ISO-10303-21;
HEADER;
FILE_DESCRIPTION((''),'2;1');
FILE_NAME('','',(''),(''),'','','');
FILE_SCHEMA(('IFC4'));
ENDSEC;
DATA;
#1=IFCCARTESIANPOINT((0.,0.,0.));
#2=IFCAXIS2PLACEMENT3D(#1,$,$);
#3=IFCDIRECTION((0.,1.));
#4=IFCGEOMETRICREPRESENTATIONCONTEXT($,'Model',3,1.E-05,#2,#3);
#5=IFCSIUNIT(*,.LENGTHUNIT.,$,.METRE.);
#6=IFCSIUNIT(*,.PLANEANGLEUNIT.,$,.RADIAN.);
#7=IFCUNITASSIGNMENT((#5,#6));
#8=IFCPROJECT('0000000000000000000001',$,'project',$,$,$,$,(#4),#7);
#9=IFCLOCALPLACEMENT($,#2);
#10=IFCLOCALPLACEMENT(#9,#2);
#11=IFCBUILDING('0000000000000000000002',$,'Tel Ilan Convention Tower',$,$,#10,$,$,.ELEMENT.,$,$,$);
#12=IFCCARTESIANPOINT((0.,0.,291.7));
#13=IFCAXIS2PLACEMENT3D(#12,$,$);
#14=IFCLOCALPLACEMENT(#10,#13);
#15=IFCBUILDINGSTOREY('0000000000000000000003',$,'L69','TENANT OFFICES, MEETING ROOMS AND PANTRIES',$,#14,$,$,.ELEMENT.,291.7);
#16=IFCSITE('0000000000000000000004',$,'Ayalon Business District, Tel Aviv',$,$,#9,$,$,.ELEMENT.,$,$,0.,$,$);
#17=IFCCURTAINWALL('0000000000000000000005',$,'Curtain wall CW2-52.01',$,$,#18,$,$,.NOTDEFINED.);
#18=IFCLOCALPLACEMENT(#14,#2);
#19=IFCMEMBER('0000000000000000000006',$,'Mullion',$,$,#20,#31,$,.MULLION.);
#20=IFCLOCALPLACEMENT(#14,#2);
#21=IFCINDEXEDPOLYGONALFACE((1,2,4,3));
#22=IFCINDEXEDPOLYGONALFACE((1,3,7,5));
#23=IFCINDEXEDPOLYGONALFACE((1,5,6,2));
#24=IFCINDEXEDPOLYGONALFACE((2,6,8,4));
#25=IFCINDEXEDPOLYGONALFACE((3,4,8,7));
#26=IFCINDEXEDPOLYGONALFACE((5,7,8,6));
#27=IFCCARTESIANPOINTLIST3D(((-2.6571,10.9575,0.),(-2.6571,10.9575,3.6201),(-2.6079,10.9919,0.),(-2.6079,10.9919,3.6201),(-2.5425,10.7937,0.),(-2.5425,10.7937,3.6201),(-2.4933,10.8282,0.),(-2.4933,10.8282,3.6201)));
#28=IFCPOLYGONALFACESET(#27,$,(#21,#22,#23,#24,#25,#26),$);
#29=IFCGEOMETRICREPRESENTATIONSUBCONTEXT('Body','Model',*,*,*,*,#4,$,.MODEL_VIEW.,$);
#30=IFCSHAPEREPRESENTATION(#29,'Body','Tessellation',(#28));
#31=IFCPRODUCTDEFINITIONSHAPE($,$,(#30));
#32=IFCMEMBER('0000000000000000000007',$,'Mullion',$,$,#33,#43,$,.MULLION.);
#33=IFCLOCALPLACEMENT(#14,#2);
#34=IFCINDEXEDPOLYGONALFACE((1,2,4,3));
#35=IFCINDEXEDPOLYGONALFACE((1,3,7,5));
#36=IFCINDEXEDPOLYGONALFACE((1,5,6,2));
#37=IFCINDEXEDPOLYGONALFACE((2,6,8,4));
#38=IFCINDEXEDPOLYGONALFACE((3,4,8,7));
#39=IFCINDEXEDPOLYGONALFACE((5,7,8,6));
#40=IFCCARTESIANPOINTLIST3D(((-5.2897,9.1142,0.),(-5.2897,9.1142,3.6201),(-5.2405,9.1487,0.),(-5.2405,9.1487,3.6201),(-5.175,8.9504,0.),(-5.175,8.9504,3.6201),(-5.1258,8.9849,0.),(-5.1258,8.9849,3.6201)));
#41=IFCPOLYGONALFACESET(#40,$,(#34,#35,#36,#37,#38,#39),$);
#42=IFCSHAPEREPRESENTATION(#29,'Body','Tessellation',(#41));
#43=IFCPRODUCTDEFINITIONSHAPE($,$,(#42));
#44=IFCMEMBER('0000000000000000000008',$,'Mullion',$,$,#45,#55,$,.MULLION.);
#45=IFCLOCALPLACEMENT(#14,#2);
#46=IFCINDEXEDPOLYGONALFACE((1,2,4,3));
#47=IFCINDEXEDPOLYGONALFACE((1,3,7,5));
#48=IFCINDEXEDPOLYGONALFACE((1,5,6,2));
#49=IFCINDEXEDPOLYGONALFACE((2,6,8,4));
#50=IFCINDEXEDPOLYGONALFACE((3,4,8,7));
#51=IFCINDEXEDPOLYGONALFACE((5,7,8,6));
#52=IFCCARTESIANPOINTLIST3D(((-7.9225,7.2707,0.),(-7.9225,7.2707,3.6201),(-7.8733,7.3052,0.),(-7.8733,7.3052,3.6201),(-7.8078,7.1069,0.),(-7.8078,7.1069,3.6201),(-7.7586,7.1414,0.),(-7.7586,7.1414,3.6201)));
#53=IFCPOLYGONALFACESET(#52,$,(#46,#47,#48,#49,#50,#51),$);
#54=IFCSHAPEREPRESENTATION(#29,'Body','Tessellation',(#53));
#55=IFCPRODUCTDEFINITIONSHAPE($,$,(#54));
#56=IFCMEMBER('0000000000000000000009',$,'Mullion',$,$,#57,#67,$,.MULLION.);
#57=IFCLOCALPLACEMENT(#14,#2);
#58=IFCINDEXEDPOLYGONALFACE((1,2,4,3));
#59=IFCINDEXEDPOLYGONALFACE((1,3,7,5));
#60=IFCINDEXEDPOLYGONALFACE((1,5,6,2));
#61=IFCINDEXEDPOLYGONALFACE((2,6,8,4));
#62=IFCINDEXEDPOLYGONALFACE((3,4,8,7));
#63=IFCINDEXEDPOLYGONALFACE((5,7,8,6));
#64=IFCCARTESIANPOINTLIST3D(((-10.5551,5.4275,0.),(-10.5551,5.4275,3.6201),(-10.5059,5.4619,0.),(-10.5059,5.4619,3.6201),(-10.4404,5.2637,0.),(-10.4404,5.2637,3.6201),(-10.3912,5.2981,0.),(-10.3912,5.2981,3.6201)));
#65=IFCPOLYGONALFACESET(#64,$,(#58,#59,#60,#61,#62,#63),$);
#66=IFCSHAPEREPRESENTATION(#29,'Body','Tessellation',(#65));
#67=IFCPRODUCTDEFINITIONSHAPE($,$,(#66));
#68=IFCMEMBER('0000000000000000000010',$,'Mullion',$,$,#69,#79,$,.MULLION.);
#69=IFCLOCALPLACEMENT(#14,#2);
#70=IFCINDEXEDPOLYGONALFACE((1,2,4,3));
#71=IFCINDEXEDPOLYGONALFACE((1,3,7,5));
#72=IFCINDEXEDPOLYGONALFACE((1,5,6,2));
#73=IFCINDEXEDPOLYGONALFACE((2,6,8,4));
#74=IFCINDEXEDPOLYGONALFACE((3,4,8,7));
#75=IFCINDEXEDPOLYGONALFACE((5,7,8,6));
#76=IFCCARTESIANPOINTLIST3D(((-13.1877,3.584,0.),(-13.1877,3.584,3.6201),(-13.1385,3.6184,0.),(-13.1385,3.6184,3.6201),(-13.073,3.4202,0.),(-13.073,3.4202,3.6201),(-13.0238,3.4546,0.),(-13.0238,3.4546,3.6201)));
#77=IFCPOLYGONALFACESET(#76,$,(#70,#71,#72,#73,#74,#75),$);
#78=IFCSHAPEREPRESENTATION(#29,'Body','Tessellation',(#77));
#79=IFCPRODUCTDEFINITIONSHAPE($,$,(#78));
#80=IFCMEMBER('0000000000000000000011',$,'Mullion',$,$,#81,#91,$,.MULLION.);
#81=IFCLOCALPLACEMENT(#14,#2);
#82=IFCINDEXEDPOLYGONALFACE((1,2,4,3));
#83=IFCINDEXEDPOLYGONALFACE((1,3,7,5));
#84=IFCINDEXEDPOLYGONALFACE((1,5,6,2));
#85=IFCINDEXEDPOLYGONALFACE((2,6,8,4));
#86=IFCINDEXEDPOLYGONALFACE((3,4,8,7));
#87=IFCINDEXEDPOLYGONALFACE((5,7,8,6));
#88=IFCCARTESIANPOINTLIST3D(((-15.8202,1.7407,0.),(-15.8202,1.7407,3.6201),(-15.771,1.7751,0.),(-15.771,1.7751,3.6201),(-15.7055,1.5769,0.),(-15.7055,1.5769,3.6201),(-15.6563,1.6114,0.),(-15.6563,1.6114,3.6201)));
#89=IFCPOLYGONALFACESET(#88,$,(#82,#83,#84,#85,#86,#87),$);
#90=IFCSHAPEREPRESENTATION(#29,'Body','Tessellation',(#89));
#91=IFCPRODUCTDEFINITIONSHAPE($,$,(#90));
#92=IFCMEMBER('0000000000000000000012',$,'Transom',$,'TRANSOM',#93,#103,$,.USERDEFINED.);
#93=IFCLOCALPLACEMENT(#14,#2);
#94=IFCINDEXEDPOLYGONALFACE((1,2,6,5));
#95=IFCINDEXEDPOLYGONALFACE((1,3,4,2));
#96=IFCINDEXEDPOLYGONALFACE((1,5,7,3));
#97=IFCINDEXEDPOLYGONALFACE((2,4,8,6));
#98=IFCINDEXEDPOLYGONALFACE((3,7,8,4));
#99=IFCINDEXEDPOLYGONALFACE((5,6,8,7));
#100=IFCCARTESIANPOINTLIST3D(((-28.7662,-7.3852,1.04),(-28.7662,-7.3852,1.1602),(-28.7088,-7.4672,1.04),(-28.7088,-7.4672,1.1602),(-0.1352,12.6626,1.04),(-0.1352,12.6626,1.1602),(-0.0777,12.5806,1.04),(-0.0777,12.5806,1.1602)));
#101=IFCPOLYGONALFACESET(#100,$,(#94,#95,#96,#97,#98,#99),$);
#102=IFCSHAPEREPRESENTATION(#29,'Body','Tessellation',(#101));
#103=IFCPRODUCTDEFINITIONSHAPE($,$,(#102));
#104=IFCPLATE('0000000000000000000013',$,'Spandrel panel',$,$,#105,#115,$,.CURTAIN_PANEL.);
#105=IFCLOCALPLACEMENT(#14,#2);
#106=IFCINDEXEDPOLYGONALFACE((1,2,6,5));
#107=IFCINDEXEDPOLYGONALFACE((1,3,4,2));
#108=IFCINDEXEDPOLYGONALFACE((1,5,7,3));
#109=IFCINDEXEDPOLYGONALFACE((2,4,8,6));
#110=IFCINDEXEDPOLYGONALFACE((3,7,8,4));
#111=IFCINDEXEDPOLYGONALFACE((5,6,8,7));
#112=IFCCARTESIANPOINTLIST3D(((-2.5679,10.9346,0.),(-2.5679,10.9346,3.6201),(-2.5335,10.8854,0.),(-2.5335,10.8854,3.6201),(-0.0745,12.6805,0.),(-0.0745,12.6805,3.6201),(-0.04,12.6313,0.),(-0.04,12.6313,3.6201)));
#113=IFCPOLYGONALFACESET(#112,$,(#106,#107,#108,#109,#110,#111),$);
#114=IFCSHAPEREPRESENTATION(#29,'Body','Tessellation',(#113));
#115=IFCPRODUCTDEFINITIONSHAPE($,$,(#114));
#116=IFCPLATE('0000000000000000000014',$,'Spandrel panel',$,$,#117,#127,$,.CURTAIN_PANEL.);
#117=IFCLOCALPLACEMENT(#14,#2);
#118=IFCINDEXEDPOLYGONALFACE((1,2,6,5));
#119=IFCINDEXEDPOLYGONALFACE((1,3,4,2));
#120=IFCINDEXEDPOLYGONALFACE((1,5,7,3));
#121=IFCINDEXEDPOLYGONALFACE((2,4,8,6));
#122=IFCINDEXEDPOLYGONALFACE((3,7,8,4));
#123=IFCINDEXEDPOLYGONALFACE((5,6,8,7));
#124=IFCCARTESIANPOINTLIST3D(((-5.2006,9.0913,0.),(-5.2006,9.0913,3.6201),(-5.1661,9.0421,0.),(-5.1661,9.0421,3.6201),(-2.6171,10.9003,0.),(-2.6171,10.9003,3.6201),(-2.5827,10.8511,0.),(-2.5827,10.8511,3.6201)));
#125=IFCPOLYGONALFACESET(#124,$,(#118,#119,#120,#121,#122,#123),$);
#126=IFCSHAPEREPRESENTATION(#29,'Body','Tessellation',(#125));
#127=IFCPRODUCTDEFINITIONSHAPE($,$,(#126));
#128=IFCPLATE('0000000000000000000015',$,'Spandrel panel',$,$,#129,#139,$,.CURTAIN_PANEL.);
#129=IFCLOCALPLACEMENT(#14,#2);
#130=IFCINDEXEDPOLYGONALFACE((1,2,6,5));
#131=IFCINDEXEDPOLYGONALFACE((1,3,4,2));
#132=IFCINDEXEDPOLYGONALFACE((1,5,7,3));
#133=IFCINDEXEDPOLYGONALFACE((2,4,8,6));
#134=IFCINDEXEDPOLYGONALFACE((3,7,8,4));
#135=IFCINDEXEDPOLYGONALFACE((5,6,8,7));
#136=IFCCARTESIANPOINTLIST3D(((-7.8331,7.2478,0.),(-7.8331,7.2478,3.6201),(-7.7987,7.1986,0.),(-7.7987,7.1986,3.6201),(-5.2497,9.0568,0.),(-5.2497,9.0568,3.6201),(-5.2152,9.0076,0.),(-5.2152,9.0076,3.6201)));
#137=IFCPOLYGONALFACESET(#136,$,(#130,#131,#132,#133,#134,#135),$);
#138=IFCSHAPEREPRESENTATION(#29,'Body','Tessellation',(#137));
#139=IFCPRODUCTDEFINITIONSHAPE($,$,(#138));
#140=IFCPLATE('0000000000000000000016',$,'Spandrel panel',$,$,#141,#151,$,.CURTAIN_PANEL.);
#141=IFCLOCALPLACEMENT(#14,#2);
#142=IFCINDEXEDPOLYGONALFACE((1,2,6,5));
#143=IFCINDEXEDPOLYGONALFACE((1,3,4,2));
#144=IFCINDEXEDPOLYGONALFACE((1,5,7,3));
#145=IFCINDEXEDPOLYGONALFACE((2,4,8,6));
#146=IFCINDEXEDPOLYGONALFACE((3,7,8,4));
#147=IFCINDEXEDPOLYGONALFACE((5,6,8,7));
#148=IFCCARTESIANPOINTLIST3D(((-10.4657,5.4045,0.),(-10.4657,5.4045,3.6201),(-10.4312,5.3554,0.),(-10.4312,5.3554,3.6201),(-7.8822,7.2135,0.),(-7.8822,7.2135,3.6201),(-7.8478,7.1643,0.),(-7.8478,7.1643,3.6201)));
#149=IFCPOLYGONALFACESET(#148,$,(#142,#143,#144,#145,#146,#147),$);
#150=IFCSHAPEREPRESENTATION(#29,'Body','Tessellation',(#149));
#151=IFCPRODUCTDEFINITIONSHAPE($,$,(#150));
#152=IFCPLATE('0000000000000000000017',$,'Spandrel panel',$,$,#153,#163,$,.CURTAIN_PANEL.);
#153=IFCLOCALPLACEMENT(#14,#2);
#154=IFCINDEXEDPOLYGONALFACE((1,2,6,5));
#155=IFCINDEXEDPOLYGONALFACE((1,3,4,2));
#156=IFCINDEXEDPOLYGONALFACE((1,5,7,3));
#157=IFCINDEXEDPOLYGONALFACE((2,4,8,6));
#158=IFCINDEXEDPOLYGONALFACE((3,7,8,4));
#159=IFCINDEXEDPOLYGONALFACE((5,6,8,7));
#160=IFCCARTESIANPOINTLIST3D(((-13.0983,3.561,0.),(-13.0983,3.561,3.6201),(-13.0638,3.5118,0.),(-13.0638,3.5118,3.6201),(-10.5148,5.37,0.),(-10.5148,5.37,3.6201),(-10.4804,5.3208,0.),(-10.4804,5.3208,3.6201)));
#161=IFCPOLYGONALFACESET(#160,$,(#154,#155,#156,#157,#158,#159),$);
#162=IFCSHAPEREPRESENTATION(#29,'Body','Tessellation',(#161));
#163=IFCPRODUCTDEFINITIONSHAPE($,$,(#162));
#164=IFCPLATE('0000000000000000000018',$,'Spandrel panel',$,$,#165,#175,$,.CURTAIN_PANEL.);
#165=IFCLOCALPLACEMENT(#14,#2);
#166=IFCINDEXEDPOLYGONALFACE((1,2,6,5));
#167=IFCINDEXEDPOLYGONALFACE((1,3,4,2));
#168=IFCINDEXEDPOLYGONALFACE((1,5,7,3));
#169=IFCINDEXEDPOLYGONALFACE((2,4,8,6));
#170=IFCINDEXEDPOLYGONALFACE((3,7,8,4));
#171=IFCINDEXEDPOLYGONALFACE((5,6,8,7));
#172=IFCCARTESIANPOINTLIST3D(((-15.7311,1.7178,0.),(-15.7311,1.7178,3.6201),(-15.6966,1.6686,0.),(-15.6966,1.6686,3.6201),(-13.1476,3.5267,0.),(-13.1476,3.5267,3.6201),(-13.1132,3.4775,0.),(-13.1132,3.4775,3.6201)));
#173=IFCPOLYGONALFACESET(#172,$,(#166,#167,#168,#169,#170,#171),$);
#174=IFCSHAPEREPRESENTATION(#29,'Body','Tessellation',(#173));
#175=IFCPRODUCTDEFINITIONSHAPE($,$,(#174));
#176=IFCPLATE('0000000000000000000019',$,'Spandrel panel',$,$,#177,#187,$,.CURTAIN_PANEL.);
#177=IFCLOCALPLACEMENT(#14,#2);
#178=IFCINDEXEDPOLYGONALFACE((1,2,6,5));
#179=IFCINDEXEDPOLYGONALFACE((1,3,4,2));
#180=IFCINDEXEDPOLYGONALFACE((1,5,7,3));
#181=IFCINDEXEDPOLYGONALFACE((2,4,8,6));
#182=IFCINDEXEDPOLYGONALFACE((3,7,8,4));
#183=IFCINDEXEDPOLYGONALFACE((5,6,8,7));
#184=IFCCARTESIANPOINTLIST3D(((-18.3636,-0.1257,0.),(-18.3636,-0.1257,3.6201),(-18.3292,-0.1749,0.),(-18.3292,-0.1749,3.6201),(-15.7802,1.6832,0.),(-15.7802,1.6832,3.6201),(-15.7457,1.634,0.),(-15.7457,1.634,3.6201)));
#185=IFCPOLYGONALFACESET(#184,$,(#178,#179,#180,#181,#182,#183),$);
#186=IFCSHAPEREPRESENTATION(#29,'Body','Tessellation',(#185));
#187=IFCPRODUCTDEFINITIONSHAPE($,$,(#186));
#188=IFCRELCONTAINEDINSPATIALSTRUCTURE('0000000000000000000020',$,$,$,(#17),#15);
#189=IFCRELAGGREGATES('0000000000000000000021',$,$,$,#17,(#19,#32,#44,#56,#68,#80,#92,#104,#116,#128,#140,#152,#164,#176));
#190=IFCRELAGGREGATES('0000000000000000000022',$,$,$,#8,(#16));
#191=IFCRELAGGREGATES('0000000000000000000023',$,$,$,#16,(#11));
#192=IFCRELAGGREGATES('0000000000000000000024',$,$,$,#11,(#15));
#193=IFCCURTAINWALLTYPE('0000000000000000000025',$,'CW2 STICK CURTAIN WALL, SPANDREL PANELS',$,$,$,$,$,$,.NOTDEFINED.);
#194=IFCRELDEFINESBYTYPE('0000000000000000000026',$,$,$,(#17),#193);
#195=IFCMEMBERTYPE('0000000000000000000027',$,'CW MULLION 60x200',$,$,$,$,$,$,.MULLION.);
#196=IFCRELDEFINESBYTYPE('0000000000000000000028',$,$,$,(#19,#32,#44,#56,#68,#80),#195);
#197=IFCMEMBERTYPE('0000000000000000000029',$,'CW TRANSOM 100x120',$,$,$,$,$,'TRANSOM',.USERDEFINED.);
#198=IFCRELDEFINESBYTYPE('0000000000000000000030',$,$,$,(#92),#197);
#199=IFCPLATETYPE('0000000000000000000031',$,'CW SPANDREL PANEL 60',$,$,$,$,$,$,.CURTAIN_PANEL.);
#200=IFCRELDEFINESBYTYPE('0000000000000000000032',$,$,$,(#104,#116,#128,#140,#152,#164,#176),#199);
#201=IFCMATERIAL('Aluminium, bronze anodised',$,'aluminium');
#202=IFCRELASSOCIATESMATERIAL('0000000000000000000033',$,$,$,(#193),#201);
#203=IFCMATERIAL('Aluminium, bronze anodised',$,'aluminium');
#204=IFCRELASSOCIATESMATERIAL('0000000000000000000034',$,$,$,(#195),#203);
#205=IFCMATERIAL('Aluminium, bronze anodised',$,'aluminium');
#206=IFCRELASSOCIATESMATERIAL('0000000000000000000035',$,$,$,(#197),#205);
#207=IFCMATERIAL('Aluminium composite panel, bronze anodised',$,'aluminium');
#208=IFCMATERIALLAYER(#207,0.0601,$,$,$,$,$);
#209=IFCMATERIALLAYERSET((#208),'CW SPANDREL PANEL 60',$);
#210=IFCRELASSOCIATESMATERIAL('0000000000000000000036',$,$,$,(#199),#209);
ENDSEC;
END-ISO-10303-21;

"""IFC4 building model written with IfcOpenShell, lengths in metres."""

from ifc_helpers import new_model, si_unit, direction, frame, origin, origin_2d, place, context, subcontext, project, spatial, rectangle, extrude, material, layer, layer_set, material_profile, profile_set, type_object, element, aggregate, save


model = new_model("IFC4")

# Units and contexts
model_context = context("Model", 3, precision=1e-05, world=origin(), true_north=direction((0.0, 1.0)))
body_context = subcontext(model_context, "Body", "Model", "MODEL_VIEW")
ifc_project = project(units=[si_unit("LENGTHUNIT", "METRE"), si_unit("PLANEANGLEUNIT", "RADIAN")], contexts=[model_context])

# Site, building, storey
site_placement = place(None, origin())
site = spatial("IfcSite", under=ifc_project, at=site_placement, Name="Ayalon Business District, Tel Aviv", CompositionType="ELEMENT", RefElevation=0.0)
building_placement = place(site_placement, origin())
building = spatial("IfcBuilding", under=site, at=building_placement, Name="Tel Ilan Convention Tower", CompositionType="ELEMENT")
storey_placement = place(building_placement, frame((0.0, 0.0, 291.7)))
storey = spatial("IfcBuildingStorey", under=building, at=storey_placement, Name="L69", Description="TENANT OFFICES, MEETING ROOMS AND PANTRIES", CompositionType="ELEMENT", Elevation=291.7)

# Curtain wall, members, plates
ifc_material_1 = material(Name="Aluminium, bronze anodised", Category="aluminium")
curtain_wall_type = type_object("IfcCurtainWallType", Name="CW2 STICK CURTAIN WALL, SPANDREL PANELS", PredefinedType="NOTDEFINED", material=ifc_material_1)
curtain_wall_placement = place(storey_placement, origin())
curtain_wall = element("IfcCurtainWall", 1, at=curtain_wall_placement, inside=storey, type_object=curtain_wall_type, Name="Curtain wall CW2-52.01", PredefinedType="NOTDEFINED")
ifc_material_2 = material(Name="Aluminium, bronze anodised", Category="aluminium")
ifc_material_profile_1 = material_profile(ifc_material_2, rectangle(XDim=0.0601, YDim=0.2, at=origin_2d()), Name="CW MULLION 60x200")
ifc_profile_set_1 = profile_set([ifc_material_profile_1], Name="Aluminium, bronze anodised")
member_type_1 = type_object("IfcMemberType", Name="CW MULLION 60x200", PredefinedType="MULLION", material=ifc_profile_set_1)
member_1_placement = place(storey_placement, frame((-2.5752, 10.8928, 0.0), z_axis=(0.0, 0.0, 1.0), x_axis=(-0.819152, -0.573576, 0.0)))
member_1 = element("IfcMember", 2, at=member_1_placement, type_object=member_type_1, Name="Mullion", PredefinedType="MULLION", context=body_context, shape_type="SweptSolid", body=[
    extrude(rectangle(XDim=0.0601, YDim=0.2, at=origin_2d()), origin(), (0.0, 0.0, 1.0), 3.6201),
])
member_2_placement = place(storey_placement, frame((-5.2078, 9.0496, 0.0), z_axis=(0.0, 0.0, 1.0), x_axis=(-0.819152, -0.573576, 0.0)))
member_2 = element("IfcMember", 3, at=member_2_placement, type_object=member_type_1, Name="Mullion", PredefinedType="MULLION", context=body_context, shape_type="SweptSolid", body=[
    extrude(rectangle(XDim=0.0601, YDim=0.2, at=origin_2d()), origin(), (0.0, 0.0, 1.0), 3.6201),
])
member_3_placement = place(storey_placement, frame((-7.8406, 7.2061, 0.0), z_axis=(0.0, 0.0, 1.0), x_axis=(-0.819152, -0.573576, 0.0)))
member_3 = element("IfcMember", 4, at=member_3_placement, type_object=member_type_1, Name="Mullion", PredefinedType="MULLION", context=body_context, shape_type="SweptSolid", body=[
    extrude(rectangle(XDim=0.0601, YDim=0.2, at=origin_2d()), origin(), (0.0, 0.0, 1.0), 3.6201),
])
member_4_placement = place(storey_placement, frame((-10.4731, 5.3628, 0.0), z_axis=(0.0, 0.0, 1.0), x_axis=(-0.819152, -0.573576, 0.0)))
member_4 = element("IfcMember", 5, at=member_4_placement, type_object=member_type_1, Name="Mullion", PredefinedType="MULLION", context=body_context, shape_type="SweptSolid", body=[
    extrude(rectangle(XDim=0.0601, YDim=0.2, at=origin_2d()), origin(), (0.0, 0.0, 1.0), 3.6201),
])
member_5_placement = place(storey_placement, frame((-13.1057, 3.5193, 0.0), z_axis=(0.0, 0.0, 1.0), x_axis=(-0.819152, -0.573576, 0.0)))
member_5 = element("IfcMember", 6, at=member_5_placement, type_object=member_type_1, Name="Mullion", PredefinedType="MULLION", context=body_context, shape_type="SweptSolid", body=[
    extrude(rectangle(XDim=0.0601, YDim=0.2, at=origin_2d()), origin(), (0.0, 0.0, 1.0), 3.6201),
])
member_6_placement = place(storey_placement, frame((-15.7383, 1.676, 0.0), z_axis=(0.0, 0.0, 1.0), x_axis=(-0.819152, -0.573576, 0.0)))
member_6 = element("IfcMember", 7, at=member_6_placement, type_object=member_type_1, Name="Mullion", PredefinedType="MULLION", context=body_context, shape_type="SweptSolid", body=[
    extrude(rectangle(XDim=0.0601, YDim=0.2, at=origin_2d()), origin(), (0.0, 0.0, 1.0), 3.6201),
])
ifc_material_3 = material(Name="Aluminium, bronze anodised", Category="aluminium")
ifc_material_profile_2 = material_profile(ifc_material_3, rectangle(XDim=0.1001, YDim=0.1201, at=origin_2d()), Name="CW TRANSOM 100x120")
ifc_profile_set_2 = profile_set([ifc_material_profile_2], Name="Aluminium, bronze anodised")
member_type_2 = type_object("IfcMemberType", Name="CW TRANSOM 100x120", ElementType="TRANSOM", PredefinedType="USERDEFINED", material=ifc_profile_set_2)
member_7_placement = place(storey_placement, frame((-0.1064, 12.6216, 1.1001), z_axis=(-0.81915, -0.573579, 0.0), x_axis=(0.573579, -0.81915, 0.0)))
member_7 = element("IfcMember", 8, at=member_7_placement, type_object=member_type_2, Name="Transom", ObjectType="TRANSOM", PredefinedType="USERDEFINED", context=body_context, shape_type="SweptSolid", body=[
    extrude(rectangle(XDim=0.1001, YDim=0.1201, at=origin_2d()), origin(), (0.0, 0.0, 1.0), 34.9521),
])
ifc_material_4 = material(Name="Aluminium composite panel, bronze anodised", Category="aluminium")
ifc_layer_1 = layer(ifc_material_4, 0.0601)
ifc_layer_set_1 = layer_set([ifc_layer_1], Name="CW SPANDREL PANEL 60")
plate_type = type_object("IfcPlateType", Name="CW SPANDREL PANEL 60", PredefinedType="CURTAIN_PANEL", material=ifc_layer_set_1)
plate_1_placement = place(storey_placement, frame((-1.304, 11.783, 0.0), z_axis=(0.0, 0.0, 1.0), x_axis=(-0.819152, -0.573576, 0.0)))
plate_1 = element("IfcPlate", 9, at=plate_1_placement, type_object=plate_type, Name="Spandrel panel", PredefinedType="CURTAIN_PANEL", context=body_context, shape_type="SweptSolid", body=[
    extrude(rectangle(XDim=3.0439, YDim=0.0601, at=origin_2d()), origin(), (0.0, 0.0, 1.0), 3.6201),
])
plate_2_placement = place(storey_placement, frame((-3.8916, 9.9712, 0.0), z_axis=(0.0, 0.0, 1.0), x_axis=(-0.819152, -0.573576, 0.0)))
plate_2 = element("IfcPlate", 10, at=plate_2_placement, type_object=plate_type, Name="Spandrel panel", PredefinedType="CURTAIN_PANEL", context=body_context, shape_type="SweptSolid", body=[
    extrude(rectangle(XDim=3.1538, YDim=0.0601, at=origin_2d()), origin(), (0.0, 0.0, 1.0), 3.6201),
])
plate_3_placement = place(storey_placement, frame((-6.5242, 8.1277, 0.0), z_axis=(0.0, 0.0, 1.0), x_axis=(-0.819152, -0.573576, 0.0)))
plate_3 = element("IfcPlate", 11, at=plate_3_placement, type_object=plate_type, Name="Spandrel panel", PredefinedType="CURTAIN_PANEL", context=body_context, shape_type="SweptSolid", body=[
    extrude(rectangle(XDim=3.1538, YDim=0.0601, at=origin_2d()), origin(), (0.0, 0.0, 1.0), 3.6201),
])
plate_4_placement = place(storey_placement, frame((-9.1567, 6.2844, 0.0), z_axis=(0.0, 0.0, 1.0), x_axis=(-0.819152, -0.573576, 0.0)))
plate_4 = element("IfcPlate", 12, at=plate_4_placement, type_object=plate_type, Name="Spandrel panel", PredefinedType="CURTAIN_PANEL", context=body_context, shape_type="SweptSolid", body=[
    extrude(rectangle(XDim=3.1538, YDim=0.0601, at=origin_2d()), origin(), (0.0, 0.0, 1.0), 3.6201),
])
plate_5_placement = place(storey_placement, frame((-11.7893, 4.4409, 0.0), z_axis=(0.0, 0.0, 1.0), x_axis=(-0.819152, -0.573576, 0.0)))
plate_5 = element("IfcPlate", 13, at=plate_5_placement, type_object=plate_type, Name="Spandrel panel", PredefinedType="CURTAIN_PANEL", context=body_context, shape_type="SweptSolid", body=[
    extrude(rectangle(XDim=3.1538, YDim=0.0601, at=origin_2d()), origin(), (0.0, 0.0, 1.0), 3.6201),
])
plate_6_placement = place(storey_placement, frame((-14.4221, 2.5977, 0.0), z_axis=(0.0, 0.0, 1.0), x_axis=(-0.819152, -0.573576, 0.0)))
plate_6 = element("IfcPlate", 14, at=plate_6_placement, type_object=plate_type, Name="Spandrel panel", PredefinedType="CURTAIN_PANEL", context=body_context, shape_type="SweptSolid", body=[
    extrude(rectangle(XDim=3.1538, YDim=0.0601, at=origin_2d()), origin(), (0.0, 0.0, 1.0), 3.6201),
])
plate_7_placement = place(storey_placement, frame((-17.0547, 0.7542, 0.0), z_axis=(0.0, 0.0, 1.0), x_axis=(-0.819152, -0.573576, 0.0)))
plate_7 = element("IfcPlate", 15, at=plate_7_placement, type_object=plate_type, Name="Spandrel panel", PredefinedType="CURTAIN_PANEL", context=body_context, shape_type="SweptSolid", body=[
    extrude(rectangle(XDim=3.1538, YDim=0.0601, at=origin_2d()), origin(), (0.0, 0.0, 1.0), 3.6201),
])
aggregate(curtain_wall, [member_1, member_2, member_3, member_4, member_5, member_6, member_7, plate_1, plate_2, plate_3, plate_4, plate_5, plate_6, plate_7])

save(model, "model.ifc")
